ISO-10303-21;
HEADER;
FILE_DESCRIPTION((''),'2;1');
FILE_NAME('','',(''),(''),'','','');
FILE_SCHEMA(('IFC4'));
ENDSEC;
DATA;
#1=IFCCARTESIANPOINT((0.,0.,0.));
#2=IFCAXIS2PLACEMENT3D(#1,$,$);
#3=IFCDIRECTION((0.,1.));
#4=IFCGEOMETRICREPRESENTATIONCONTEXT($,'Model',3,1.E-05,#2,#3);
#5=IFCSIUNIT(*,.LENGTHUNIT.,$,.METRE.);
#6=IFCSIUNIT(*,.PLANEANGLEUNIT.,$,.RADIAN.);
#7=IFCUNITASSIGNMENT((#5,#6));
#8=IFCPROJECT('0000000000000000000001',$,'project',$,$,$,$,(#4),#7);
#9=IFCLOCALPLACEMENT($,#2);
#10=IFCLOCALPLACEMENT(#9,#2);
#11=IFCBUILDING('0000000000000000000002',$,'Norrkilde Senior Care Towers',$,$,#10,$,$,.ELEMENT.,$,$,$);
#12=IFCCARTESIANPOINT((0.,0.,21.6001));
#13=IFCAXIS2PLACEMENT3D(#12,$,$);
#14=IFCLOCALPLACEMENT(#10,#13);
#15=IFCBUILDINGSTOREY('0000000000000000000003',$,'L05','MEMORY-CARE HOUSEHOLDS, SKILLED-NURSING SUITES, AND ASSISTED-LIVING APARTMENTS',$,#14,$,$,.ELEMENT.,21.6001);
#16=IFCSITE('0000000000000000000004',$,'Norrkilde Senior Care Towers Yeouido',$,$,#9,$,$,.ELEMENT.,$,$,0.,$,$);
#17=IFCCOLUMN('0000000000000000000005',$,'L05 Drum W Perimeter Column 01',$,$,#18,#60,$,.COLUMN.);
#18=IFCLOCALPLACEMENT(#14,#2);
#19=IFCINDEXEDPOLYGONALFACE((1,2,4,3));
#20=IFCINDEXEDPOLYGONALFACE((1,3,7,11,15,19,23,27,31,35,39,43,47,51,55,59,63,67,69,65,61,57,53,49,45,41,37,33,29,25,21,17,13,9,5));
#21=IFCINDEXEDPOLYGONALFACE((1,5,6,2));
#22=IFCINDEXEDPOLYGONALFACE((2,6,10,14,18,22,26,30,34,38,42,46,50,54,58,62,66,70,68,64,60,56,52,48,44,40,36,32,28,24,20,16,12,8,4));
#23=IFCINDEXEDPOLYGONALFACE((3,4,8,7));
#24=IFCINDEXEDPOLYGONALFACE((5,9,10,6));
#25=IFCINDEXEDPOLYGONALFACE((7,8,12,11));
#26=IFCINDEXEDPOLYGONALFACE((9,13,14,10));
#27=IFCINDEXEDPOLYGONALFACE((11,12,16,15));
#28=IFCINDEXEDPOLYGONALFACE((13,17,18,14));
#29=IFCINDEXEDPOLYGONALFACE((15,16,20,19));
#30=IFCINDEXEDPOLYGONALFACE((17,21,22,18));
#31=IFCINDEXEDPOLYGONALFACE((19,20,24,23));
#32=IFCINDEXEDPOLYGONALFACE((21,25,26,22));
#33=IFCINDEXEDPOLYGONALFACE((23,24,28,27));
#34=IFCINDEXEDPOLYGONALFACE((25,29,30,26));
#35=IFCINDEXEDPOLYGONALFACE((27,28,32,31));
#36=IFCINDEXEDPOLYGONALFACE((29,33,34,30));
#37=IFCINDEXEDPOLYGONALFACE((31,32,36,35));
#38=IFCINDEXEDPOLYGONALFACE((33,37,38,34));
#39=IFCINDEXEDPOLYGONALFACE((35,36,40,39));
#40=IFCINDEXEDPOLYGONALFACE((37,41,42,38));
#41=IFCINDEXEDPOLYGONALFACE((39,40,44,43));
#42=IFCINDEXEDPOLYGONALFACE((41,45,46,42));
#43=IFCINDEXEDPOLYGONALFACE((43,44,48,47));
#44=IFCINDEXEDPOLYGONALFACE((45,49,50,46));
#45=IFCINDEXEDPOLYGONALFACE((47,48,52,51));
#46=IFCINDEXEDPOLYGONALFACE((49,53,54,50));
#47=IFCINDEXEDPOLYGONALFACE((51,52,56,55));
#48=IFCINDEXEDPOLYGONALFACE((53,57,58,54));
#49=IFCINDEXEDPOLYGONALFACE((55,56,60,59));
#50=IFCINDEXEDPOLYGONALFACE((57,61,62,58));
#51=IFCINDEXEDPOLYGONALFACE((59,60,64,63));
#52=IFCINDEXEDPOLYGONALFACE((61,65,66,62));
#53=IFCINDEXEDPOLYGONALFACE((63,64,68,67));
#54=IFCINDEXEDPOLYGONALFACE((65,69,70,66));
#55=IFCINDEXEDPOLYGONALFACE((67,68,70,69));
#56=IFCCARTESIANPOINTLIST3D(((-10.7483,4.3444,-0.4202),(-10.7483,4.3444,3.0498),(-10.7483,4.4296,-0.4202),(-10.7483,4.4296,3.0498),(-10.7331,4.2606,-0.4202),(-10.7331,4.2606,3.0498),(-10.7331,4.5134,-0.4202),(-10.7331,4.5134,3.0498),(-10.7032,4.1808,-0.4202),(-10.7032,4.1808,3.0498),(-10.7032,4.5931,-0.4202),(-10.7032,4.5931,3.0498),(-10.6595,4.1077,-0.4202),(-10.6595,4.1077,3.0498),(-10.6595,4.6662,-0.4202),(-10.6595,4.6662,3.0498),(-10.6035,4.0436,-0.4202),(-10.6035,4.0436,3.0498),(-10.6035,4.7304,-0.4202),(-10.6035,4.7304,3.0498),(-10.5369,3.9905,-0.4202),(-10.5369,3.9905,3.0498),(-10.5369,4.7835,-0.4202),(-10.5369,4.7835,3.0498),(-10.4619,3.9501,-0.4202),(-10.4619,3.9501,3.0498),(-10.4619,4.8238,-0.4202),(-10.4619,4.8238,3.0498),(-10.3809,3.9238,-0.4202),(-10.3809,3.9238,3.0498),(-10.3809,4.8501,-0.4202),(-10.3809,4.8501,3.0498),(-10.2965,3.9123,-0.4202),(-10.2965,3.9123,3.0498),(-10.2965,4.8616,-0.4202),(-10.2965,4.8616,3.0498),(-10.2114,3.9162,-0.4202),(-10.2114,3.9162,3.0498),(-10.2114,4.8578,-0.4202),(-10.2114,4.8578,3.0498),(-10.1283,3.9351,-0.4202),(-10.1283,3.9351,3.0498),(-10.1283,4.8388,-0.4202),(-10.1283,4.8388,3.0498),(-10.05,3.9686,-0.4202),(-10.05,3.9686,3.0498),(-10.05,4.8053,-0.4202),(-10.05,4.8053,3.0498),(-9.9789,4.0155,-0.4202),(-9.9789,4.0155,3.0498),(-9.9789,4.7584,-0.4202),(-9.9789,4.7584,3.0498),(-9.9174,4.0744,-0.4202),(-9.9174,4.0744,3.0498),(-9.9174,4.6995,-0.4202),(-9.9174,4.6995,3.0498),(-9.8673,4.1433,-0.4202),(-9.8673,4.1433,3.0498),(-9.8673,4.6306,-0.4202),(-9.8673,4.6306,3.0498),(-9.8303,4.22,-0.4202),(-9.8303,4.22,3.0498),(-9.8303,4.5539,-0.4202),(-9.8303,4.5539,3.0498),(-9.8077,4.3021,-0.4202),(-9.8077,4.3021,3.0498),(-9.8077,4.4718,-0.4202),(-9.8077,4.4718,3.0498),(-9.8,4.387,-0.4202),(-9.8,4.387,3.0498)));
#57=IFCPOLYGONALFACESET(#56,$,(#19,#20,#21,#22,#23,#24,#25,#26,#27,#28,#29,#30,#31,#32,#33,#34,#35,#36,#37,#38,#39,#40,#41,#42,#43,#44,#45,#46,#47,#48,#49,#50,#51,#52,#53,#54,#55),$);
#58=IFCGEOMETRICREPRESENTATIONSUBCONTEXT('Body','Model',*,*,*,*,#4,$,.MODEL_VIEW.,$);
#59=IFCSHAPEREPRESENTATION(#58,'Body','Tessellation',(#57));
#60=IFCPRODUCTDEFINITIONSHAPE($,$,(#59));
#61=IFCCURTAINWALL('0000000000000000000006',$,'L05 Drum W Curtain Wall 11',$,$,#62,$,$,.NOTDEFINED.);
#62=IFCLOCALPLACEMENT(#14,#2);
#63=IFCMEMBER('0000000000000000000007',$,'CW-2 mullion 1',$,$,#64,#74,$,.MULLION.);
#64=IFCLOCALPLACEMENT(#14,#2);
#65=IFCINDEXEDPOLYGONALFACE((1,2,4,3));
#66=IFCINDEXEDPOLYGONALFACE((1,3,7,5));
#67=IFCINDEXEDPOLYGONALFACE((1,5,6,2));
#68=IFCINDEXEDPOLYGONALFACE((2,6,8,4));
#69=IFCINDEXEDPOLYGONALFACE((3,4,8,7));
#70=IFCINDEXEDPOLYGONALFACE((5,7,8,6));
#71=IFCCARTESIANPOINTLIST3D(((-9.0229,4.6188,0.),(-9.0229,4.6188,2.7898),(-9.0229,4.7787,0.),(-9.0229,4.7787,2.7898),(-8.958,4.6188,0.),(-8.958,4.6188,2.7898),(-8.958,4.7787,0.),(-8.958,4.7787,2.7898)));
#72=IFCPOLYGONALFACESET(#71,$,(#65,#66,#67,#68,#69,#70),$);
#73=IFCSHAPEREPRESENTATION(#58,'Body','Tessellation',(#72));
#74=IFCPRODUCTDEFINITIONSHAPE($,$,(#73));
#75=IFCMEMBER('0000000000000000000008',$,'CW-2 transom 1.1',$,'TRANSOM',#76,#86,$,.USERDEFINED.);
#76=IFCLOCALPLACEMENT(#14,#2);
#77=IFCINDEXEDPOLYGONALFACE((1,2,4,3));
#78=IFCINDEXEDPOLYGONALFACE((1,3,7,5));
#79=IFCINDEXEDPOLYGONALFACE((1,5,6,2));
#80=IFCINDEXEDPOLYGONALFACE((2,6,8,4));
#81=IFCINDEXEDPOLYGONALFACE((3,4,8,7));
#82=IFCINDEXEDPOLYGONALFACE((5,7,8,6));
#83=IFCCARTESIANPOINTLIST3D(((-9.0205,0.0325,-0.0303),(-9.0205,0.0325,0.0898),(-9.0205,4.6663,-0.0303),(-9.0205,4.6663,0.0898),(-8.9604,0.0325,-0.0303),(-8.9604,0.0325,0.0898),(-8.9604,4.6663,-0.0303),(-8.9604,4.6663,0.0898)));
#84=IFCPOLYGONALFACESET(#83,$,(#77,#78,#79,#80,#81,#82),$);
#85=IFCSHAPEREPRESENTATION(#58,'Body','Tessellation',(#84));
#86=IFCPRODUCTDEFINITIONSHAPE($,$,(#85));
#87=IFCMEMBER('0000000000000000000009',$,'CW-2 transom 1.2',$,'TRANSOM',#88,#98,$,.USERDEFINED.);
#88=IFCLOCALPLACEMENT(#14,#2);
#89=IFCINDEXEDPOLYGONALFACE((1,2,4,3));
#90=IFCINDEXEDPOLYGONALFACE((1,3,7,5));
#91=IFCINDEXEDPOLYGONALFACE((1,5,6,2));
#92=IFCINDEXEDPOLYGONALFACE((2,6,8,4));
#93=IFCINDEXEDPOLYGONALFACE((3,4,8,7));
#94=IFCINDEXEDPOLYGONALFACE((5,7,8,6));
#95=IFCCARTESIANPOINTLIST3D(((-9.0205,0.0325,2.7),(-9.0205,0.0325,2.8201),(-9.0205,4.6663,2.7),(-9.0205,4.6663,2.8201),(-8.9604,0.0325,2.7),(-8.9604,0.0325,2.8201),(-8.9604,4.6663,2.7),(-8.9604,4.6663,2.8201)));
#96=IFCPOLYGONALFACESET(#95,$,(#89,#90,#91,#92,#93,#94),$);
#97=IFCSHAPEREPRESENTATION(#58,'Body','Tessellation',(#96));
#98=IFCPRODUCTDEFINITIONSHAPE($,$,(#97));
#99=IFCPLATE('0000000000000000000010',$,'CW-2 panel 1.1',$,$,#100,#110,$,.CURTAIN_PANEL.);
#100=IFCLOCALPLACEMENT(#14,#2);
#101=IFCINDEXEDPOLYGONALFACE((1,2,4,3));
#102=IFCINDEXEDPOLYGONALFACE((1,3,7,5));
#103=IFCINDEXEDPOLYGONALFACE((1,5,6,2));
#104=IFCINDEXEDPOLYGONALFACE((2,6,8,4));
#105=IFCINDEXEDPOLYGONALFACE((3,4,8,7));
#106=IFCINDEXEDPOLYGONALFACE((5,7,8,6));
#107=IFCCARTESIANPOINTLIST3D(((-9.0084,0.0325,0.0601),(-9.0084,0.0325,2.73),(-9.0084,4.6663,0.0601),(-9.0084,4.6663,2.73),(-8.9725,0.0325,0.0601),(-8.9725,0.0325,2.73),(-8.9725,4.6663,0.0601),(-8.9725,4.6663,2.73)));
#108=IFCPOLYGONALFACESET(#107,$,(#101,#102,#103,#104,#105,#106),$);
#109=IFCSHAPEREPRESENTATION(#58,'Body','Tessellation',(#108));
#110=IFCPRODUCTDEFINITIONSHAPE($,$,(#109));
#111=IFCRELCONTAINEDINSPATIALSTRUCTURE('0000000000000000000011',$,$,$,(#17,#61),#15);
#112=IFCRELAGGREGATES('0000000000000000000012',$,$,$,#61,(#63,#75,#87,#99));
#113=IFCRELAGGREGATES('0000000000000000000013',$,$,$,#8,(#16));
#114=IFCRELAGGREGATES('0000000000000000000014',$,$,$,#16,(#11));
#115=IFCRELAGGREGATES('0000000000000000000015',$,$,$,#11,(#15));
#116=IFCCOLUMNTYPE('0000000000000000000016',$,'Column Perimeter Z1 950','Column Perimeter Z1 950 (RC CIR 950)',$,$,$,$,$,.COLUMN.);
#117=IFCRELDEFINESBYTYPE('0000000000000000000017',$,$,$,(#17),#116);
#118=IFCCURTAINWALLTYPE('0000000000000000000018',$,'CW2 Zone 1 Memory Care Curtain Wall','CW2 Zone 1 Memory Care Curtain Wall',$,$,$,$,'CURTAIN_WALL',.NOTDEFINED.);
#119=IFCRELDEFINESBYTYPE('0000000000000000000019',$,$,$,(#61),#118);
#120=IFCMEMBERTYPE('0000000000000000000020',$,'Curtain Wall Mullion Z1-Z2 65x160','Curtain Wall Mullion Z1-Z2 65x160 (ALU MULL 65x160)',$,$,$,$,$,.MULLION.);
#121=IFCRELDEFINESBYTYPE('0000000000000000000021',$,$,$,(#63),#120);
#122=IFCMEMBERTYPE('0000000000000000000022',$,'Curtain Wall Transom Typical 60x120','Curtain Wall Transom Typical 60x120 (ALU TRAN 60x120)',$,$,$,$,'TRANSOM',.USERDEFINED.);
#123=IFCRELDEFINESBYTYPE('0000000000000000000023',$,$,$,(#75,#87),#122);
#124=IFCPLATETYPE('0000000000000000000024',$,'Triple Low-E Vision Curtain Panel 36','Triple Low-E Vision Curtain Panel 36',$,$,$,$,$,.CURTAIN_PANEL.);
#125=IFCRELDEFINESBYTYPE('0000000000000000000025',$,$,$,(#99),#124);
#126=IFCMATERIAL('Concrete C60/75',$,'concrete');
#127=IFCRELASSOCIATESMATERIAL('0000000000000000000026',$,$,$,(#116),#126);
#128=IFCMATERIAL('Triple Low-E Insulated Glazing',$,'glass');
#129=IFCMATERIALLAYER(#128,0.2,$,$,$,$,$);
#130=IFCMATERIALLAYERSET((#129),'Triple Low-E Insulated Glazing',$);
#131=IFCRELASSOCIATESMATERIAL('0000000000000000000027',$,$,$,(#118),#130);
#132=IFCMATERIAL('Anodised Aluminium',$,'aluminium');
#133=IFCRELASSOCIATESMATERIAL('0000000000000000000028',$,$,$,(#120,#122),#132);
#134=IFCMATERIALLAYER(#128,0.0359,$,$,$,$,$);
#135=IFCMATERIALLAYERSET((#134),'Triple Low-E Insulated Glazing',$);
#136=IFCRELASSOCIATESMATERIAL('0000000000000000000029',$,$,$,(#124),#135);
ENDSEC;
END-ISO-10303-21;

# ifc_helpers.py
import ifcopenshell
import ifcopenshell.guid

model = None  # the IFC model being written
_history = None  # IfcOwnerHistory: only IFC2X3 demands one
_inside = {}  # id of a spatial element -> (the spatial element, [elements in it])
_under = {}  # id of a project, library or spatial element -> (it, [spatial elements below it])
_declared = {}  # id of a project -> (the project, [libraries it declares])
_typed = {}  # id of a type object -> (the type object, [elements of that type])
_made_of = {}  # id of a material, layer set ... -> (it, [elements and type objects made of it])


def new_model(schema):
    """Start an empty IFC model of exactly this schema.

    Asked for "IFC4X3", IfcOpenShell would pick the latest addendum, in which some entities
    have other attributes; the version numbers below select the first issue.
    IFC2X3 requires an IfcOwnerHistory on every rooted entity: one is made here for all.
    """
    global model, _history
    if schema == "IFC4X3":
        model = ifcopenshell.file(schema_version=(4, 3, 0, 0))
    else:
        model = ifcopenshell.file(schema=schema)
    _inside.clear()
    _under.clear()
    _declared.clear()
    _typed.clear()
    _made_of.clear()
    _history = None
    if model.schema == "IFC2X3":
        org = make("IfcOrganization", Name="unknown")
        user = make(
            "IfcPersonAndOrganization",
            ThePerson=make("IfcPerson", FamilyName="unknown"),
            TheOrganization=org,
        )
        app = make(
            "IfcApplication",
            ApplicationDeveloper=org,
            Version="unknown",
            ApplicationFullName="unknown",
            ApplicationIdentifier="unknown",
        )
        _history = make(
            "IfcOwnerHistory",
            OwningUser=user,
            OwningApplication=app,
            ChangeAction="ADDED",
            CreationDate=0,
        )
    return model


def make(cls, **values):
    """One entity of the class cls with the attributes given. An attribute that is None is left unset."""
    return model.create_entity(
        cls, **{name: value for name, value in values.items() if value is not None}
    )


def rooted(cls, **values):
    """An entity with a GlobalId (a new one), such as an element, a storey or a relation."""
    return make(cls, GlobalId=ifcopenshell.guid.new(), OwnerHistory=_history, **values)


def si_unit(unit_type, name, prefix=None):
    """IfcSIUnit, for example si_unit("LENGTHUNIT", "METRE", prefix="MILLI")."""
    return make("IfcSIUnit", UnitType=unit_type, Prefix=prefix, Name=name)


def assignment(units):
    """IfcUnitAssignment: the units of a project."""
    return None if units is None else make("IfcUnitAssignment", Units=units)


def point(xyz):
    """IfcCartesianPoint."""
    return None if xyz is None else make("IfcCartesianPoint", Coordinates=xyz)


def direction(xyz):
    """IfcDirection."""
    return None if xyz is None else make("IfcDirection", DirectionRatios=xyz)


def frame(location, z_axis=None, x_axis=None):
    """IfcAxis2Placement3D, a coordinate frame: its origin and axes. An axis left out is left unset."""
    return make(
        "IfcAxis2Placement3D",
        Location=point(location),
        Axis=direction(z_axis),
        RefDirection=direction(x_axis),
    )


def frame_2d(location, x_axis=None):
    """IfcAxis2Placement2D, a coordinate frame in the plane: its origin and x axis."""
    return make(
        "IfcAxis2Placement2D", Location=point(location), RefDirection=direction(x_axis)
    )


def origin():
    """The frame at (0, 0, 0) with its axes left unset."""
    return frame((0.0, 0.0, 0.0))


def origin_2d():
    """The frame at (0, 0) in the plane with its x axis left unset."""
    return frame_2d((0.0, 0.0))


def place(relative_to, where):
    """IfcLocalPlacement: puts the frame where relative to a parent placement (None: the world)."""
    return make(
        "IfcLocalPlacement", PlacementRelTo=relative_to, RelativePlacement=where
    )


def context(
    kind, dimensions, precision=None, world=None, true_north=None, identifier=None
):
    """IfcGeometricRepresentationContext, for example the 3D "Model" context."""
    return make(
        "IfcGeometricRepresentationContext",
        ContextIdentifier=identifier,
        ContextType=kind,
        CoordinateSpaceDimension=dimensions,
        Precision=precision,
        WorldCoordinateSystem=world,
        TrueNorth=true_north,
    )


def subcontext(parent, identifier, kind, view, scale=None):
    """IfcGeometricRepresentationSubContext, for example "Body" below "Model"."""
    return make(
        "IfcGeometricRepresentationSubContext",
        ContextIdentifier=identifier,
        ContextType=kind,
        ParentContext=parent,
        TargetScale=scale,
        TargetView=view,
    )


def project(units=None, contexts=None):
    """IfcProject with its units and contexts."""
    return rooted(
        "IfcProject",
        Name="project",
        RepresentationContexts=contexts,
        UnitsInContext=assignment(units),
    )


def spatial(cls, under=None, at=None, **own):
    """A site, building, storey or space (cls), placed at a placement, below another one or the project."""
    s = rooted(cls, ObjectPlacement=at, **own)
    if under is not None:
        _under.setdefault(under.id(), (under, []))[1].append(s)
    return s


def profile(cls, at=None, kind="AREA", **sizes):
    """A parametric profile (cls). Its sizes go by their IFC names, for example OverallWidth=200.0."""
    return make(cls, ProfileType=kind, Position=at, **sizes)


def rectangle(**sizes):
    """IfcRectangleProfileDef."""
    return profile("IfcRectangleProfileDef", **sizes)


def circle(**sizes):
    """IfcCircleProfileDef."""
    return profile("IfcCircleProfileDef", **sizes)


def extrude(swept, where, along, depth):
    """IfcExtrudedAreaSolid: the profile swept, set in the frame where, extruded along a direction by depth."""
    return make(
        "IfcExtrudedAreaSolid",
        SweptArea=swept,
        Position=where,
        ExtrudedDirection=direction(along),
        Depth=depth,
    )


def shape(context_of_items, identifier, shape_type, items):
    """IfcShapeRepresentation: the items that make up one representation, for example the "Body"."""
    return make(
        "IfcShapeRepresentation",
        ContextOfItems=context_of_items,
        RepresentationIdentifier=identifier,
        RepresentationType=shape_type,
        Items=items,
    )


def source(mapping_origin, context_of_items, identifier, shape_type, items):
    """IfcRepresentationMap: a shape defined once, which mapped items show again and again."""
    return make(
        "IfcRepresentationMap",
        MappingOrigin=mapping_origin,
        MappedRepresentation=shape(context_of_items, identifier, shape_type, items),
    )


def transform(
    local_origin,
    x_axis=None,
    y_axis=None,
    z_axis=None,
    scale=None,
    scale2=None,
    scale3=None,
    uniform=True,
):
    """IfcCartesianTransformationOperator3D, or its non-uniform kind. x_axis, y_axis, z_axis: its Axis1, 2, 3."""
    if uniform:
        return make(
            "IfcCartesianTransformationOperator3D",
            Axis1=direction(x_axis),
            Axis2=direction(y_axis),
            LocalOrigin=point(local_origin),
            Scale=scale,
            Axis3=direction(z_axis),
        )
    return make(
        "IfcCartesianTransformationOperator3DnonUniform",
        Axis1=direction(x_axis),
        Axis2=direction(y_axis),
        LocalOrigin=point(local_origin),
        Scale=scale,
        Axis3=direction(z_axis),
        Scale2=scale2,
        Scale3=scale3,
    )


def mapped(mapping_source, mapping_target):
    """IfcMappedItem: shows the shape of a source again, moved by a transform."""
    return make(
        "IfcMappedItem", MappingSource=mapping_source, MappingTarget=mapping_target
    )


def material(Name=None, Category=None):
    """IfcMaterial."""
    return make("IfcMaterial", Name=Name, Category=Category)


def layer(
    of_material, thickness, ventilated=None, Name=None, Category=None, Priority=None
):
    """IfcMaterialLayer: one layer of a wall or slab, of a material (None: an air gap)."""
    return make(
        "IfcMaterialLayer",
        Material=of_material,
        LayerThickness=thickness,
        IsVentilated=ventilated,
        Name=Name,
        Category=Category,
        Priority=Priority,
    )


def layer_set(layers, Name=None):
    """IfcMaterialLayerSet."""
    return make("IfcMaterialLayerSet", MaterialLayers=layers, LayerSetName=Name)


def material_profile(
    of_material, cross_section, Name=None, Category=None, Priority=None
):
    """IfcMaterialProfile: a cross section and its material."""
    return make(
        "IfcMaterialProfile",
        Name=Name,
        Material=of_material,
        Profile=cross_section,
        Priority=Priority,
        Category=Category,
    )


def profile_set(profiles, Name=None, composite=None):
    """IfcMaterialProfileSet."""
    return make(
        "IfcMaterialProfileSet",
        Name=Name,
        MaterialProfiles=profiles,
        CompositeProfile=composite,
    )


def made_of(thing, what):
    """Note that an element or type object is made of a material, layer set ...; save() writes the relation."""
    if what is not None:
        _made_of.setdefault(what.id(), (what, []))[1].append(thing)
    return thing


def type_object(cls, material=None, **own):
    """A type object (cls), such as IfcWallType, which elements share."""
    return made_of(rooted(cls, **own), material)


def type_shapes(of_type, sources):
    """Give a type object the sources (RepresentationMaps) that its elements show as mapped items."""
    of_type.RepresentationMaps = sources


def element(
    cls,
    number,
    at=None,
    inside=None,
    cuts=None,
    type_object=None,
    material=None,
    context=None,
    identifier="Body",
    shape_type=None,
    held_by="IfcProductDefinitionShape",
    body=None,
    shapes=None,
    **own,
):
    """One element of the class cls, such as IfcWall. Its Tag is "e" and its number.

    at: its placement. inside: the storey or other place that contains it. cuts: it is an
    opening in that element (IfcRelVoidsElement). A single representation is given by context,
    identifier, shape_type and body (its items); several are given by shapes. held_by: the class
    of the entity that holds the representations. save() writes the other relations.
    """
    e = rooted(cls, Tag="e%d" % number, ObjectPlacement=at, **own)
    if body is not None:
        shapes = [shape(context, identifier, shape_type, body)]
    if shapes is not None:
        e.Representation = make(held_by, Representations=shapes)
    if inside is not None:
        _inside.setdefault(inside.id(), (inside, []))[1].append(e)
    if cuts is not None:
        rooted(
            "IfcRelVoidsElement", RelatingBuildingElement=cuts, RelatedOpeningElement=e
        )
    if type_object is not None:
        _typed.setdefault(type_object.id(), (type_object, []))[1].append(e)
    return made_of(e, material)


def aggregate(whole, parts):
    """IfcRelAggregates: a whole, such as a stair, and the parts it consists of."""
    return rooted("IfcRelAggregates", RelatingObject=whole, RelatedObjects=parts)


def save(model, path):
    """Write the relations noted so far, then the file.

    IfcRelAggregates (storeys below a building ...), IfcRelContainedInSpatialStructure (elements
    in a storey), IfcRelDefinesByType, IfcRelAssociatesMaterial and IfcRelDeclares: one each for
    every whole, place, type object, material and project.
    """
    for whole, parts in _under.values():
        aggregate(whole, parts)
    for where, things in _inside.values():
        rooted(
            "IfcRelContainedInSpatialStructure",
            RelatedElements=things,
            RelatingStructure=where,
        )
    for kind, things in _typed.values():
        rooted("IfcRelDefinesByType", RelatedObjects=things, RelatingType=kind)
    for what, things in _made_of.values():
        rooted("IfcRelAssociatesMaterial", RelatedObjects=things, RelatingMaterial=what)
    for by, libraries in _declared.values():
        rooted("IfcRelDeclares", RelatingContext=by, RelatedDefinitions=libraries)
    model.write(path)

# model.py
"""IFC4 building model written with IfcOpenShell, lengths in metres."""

from ifc_helpers import new_model, si_unit, direction, frame, origin, origin_2d, place, context, subcontext, project, spatial, rectangle, circle, extrude, source, transform, mapped, material, layer, layer_set, material_profile, profile_set, type_object, type_shapes, element, aggregate, save


model = new_model("IFC4")

# Units and contexts
model_context = context("Model", 3, precision=1e-05, world=origin(), true_north=direction((0.0, 1.0)))
body_context = subcontext(model_context, "Body", "Model", "MODEL_VIEW")
ifc_project = project(units=[si_unit("LENGTHUNIT", "METRE"), si_unit("PLANEANGLEUNIT", "RADIAN")], contexts=[model_context])

# Site, building, storey
site_placement = place(None, origin())
site = spatial("IfcSite", under=ifc_project, at=site_placement, Name="Norrkilde Senior Care Towers Yeouido", CompositionType="ELEMENT", RefElevation=0.0)
building_placement = place(site_placement, origin())
building = spatial("IfcBuilding", under=site, at=building_placement, Name="Norrkilde Senior Care Towers", CompositionType="ELEMENT")
storey_placement = place(building_placement, frame((0.0, 0.0, 21.6001)))
storey = spatial("IfcBuildingStorey", under=building, at=storey_placement, Name="L05", Description="MEMORY-CARE HOUSEHOLDS, SKILLED-NURSING SUITES, AND ASSISTED-LIVING APARTMENTS", CompositionType="ELEMENT", Elevation=21.6001)

# Column
ifc_material_1 = material(Name="Concrete C60/75", Category="concrete")
ifc_material_profile_1 = material_profile(ifc_material_1, circle(Radius=0.4751, at=origin_2d()), Name="RC CIR 950")
ifc_profile_set_1 = profile_set([ifc_material_profile_1], Name="Concrete C60/75")
column_type = type_object("IfcColumnType", Name="Column Perimeter Z1 950", Description="Column Perimeter Z1 950 (RC CIR 950)", PredefinedType="COLUMN", material=ifc_profile_set_1)
shared_shape_1 = source(origin(), body_context, "Body", "SweptSolid", [
    extrude(circle(Radius=0.4751, at=origin_2d()), origin(), (0.0, 0.0, 1.0), 3.47),
])
type_shapes(column_type, [shared_shape_1])
column_placement = place(storey_placement, frame((-10.2751, 4.387, -0.4202), z_axis=(0.0, 0.0, 1.0), x_axis=(1.0, 0.0, 0.0)))
element("IfcColumn", 1, at=column_placement, inside=storey, type_object=column_type, Name="L05 Drum W Perimeter Column 01", PredefinedType="COLUMN", context=body_context, shape_type="MappedRepresentation", body=[
    mapped(shared_shape_1, transform((0.0, 0.0, 0.0), x_axis=(1.0, 0.0, 0.0), y_axis=(0.0, 1.0, 0.0), z_axis=(0.0, 0.0, 1.0), scale=1.0)),
])

# Curtain wall, members, plate
ifc_material_2 = material(Name="Triple Low-E Insulated Glazing", Category="glass")
ifc_layer_1 = layer(ifc_material_2, 0.2)
ifc_layer_set_1 = layer_set([ifc_layer_1], Name="Triple Low-E Insulated Glazing")
curtain_wall_type = type_object("IfcCurtainWallType", Name="CW2 Zone 1 Memory Care Curtain Wall", Description="CW2 Zone 1 Memory Care Curtain Wall", ElementType="CURTAIN_WALL", PredefinedType="NOTDEFINED", material=ifc_layer_set_1)
curtain_wall_placement = place(storey_placement, origin())
curtain_wall = element("IfcCurtainWall", 2, at=curtain_wall_placement, inside=storey, type_object=curtain_wall_type, Name="L05 Drum W Curtain Wall 11", PredefinedType="NOTDEFINED")
ifc_material_3 = material(Name="Anodised Aluminium", Category="aluminium")
ifc_material_profile_2 = material_profile(ifc_material_3, rectangle(XDim=0.0649, YDim=0.1599, at=origin_2d()), Name="ALU MULL 65x160")
ifc_profile_set_2 = profile_set([ifc_material_profile_2], Name="Anodised Aluminium")
member_type_1 = type_object("IfcMemberType", Name="Curtain Wall Mullion Z1-Z2 65x160", Description="Curtain Wall Mullion Z1-Z2 65x160 (ALU MULL 65x160)", PredefinedType="MULLION", material=ifc_profile_set_2)
shared_shape_2 = source(origin(), body_context, "Body", "SweptSolid", [
    extrude(rectangle(XDim=0.0649, YDim=0.1599, at=origin_2d()), origin(), (0.0, 0.0, 1.0), 2.7898),
])
type_shapes(member_type_1, [shared_shape_2])
member_1_placement = place(storey_placement, frame((-8.9905, 4.6987, 0.0), z_axis=(0.0, 0.0, 1.0), x_axis=(1.0, 0.0, 0.0)))
member_1 = element("IfcMember", 3, at=member_1_placement, type_object=member_type_1, Name="CW-2 mullion 1", PredefinedType="MULLION", context=body_context, shape_type="MappedRepresentation", body=[
    mapped(shared_shape_2, transform((0.0, 0.0, 0.0), x_axis=(1.0, 0.0, 0.0), y_axis=(0.0, 1.0, 0.0), z_axis=(0.0, 0.0, 1.0), scale=1.0)),
])
ifc_material_profile_3 = material_profile(ifc_material_3, rectangle(XDim=0.0601, YDim=0.1201, at=origin_2d()), Name="ALU TRAN 60x120")
ifc_profile_set_3 = profile_set([ifc_material_profile_3], Name="Anodised Aluminium")
member_type_2 = type_object("IfcMemberType", Name="Curtain Wall Transom Typical 60x120", Description="Curtain Wall Transom Typical 60x120 (ALU TRAN 60x120)", ElementType="TRANSOM", PredefinedType="USERDEFINED", material=ifc_profile_set_3)
shared_shape_3 = source(origin(), body_context, "Body", "SweptSolid", [
    extrude(rectangle(XDim=0.0601, YDim=0.1201, at=origin_2d()), origin(), (0.0, 0.0, 1.0), 4.6338),
])
type_shapes(member_type_2, [shared_shape_3])
member_2_placement = place(storey_placement, frame((-8.9905, 4.6663, 0.0298), z_axis=(0.0, -1.0, 0.0), x_axis=(1.0, 0.0, 0.0)))
member_2 = element("IfcMember", 4, at=member_2_placement, type_object=member_type_2, Name="CW-2 transom 1.1", ObjectType="TRANSOM", PredefinedType="USERDEFINED", context=body_context, shape_type="MappedRepresentation", body=[
    mapped(shared_shape_3, transform((0.0, 0.0, 0.0), x_axis=(1.0, 0.0, 0.0), y_axis=(0.0, 1.0, 0.0), z_axis=(0.0, 0.0, 1.0), scale=1.0)),
])
member_3_placement = place(storey_placement, frame((-8.9905, 4.6663, 2.76), z_axis=(0.0, -1.0, 0.0), x_axis=(1.0, 0.0, 0.0)))
member_3 = element("IfcMember", 5, at=member_3_placement, type_object=member_type_2, Name="CW-2 transom 1.2", ObjectType="TRANSOM", PredefinedType="USERDEFINED", context=body_context, shape_type="MappedRepresentation", body=[
    mapped(shared_shape_3, transform((0.0, 0.0, 0.0), x_axis=(1.0, 0.0, 0.0), y_axis=(0.0, 1.0, 0.0), z_axis=(0.0, 0.0, 1.0), scale=1.0)),
])
ifc_layer_2 = layer(ifc_material_2, 0.0359)
ifc_layer_set_2 = layer_set([ifc_layer_2], Name="Triple Low-E Insulated Glazing")
plate_type = type_object("IfcPlateType", Name="Triple Low-E Vision Curtain Panel 36", Description="Triple Low-E Vision Curtain Panel 36", PredefinedType="CURTAIN_PANEL", material=ifc_layer_set_2)
shared_shape_4 = source(origin(), body_context, "Body", "SweptSolid", [
    extrude(rectangle(XDim=4.6338, YDim=0.0359, at=origin_2d()), origin(), (0.0, 0.0, 1.0), 2.6699),
])
type_shapes(plate_type, [shared_shape_4])
plate_placement = place(storey_placement, frame((-8.9905, 2.3494, 0.0601), z_axis=(0.0, 0.0, 1.0), x_axis=(0.0, -1.0, 0.0)))
plate = element("IfcPlate", 6, at=plate_placement, type_object=plate_type, Name="CW-2 panel 1.1", PredefinedType="CURTAIN_PANEL", context=body_context, shape_type="MappedRepresentation", body=[
    mapped(shared_shape_4, transform((0.0, 0.0, 0.0), x_axis=(1.0, 0.0, 0.0), y_axis=(0.0, 1.0, 0.0), z_axis=(0.0, 0.0, 1.0), scale=1.0)),
])
aggregate(curtain_wall, [member_1, member_2, member_3, plate])

save(model, "model.ifc")
